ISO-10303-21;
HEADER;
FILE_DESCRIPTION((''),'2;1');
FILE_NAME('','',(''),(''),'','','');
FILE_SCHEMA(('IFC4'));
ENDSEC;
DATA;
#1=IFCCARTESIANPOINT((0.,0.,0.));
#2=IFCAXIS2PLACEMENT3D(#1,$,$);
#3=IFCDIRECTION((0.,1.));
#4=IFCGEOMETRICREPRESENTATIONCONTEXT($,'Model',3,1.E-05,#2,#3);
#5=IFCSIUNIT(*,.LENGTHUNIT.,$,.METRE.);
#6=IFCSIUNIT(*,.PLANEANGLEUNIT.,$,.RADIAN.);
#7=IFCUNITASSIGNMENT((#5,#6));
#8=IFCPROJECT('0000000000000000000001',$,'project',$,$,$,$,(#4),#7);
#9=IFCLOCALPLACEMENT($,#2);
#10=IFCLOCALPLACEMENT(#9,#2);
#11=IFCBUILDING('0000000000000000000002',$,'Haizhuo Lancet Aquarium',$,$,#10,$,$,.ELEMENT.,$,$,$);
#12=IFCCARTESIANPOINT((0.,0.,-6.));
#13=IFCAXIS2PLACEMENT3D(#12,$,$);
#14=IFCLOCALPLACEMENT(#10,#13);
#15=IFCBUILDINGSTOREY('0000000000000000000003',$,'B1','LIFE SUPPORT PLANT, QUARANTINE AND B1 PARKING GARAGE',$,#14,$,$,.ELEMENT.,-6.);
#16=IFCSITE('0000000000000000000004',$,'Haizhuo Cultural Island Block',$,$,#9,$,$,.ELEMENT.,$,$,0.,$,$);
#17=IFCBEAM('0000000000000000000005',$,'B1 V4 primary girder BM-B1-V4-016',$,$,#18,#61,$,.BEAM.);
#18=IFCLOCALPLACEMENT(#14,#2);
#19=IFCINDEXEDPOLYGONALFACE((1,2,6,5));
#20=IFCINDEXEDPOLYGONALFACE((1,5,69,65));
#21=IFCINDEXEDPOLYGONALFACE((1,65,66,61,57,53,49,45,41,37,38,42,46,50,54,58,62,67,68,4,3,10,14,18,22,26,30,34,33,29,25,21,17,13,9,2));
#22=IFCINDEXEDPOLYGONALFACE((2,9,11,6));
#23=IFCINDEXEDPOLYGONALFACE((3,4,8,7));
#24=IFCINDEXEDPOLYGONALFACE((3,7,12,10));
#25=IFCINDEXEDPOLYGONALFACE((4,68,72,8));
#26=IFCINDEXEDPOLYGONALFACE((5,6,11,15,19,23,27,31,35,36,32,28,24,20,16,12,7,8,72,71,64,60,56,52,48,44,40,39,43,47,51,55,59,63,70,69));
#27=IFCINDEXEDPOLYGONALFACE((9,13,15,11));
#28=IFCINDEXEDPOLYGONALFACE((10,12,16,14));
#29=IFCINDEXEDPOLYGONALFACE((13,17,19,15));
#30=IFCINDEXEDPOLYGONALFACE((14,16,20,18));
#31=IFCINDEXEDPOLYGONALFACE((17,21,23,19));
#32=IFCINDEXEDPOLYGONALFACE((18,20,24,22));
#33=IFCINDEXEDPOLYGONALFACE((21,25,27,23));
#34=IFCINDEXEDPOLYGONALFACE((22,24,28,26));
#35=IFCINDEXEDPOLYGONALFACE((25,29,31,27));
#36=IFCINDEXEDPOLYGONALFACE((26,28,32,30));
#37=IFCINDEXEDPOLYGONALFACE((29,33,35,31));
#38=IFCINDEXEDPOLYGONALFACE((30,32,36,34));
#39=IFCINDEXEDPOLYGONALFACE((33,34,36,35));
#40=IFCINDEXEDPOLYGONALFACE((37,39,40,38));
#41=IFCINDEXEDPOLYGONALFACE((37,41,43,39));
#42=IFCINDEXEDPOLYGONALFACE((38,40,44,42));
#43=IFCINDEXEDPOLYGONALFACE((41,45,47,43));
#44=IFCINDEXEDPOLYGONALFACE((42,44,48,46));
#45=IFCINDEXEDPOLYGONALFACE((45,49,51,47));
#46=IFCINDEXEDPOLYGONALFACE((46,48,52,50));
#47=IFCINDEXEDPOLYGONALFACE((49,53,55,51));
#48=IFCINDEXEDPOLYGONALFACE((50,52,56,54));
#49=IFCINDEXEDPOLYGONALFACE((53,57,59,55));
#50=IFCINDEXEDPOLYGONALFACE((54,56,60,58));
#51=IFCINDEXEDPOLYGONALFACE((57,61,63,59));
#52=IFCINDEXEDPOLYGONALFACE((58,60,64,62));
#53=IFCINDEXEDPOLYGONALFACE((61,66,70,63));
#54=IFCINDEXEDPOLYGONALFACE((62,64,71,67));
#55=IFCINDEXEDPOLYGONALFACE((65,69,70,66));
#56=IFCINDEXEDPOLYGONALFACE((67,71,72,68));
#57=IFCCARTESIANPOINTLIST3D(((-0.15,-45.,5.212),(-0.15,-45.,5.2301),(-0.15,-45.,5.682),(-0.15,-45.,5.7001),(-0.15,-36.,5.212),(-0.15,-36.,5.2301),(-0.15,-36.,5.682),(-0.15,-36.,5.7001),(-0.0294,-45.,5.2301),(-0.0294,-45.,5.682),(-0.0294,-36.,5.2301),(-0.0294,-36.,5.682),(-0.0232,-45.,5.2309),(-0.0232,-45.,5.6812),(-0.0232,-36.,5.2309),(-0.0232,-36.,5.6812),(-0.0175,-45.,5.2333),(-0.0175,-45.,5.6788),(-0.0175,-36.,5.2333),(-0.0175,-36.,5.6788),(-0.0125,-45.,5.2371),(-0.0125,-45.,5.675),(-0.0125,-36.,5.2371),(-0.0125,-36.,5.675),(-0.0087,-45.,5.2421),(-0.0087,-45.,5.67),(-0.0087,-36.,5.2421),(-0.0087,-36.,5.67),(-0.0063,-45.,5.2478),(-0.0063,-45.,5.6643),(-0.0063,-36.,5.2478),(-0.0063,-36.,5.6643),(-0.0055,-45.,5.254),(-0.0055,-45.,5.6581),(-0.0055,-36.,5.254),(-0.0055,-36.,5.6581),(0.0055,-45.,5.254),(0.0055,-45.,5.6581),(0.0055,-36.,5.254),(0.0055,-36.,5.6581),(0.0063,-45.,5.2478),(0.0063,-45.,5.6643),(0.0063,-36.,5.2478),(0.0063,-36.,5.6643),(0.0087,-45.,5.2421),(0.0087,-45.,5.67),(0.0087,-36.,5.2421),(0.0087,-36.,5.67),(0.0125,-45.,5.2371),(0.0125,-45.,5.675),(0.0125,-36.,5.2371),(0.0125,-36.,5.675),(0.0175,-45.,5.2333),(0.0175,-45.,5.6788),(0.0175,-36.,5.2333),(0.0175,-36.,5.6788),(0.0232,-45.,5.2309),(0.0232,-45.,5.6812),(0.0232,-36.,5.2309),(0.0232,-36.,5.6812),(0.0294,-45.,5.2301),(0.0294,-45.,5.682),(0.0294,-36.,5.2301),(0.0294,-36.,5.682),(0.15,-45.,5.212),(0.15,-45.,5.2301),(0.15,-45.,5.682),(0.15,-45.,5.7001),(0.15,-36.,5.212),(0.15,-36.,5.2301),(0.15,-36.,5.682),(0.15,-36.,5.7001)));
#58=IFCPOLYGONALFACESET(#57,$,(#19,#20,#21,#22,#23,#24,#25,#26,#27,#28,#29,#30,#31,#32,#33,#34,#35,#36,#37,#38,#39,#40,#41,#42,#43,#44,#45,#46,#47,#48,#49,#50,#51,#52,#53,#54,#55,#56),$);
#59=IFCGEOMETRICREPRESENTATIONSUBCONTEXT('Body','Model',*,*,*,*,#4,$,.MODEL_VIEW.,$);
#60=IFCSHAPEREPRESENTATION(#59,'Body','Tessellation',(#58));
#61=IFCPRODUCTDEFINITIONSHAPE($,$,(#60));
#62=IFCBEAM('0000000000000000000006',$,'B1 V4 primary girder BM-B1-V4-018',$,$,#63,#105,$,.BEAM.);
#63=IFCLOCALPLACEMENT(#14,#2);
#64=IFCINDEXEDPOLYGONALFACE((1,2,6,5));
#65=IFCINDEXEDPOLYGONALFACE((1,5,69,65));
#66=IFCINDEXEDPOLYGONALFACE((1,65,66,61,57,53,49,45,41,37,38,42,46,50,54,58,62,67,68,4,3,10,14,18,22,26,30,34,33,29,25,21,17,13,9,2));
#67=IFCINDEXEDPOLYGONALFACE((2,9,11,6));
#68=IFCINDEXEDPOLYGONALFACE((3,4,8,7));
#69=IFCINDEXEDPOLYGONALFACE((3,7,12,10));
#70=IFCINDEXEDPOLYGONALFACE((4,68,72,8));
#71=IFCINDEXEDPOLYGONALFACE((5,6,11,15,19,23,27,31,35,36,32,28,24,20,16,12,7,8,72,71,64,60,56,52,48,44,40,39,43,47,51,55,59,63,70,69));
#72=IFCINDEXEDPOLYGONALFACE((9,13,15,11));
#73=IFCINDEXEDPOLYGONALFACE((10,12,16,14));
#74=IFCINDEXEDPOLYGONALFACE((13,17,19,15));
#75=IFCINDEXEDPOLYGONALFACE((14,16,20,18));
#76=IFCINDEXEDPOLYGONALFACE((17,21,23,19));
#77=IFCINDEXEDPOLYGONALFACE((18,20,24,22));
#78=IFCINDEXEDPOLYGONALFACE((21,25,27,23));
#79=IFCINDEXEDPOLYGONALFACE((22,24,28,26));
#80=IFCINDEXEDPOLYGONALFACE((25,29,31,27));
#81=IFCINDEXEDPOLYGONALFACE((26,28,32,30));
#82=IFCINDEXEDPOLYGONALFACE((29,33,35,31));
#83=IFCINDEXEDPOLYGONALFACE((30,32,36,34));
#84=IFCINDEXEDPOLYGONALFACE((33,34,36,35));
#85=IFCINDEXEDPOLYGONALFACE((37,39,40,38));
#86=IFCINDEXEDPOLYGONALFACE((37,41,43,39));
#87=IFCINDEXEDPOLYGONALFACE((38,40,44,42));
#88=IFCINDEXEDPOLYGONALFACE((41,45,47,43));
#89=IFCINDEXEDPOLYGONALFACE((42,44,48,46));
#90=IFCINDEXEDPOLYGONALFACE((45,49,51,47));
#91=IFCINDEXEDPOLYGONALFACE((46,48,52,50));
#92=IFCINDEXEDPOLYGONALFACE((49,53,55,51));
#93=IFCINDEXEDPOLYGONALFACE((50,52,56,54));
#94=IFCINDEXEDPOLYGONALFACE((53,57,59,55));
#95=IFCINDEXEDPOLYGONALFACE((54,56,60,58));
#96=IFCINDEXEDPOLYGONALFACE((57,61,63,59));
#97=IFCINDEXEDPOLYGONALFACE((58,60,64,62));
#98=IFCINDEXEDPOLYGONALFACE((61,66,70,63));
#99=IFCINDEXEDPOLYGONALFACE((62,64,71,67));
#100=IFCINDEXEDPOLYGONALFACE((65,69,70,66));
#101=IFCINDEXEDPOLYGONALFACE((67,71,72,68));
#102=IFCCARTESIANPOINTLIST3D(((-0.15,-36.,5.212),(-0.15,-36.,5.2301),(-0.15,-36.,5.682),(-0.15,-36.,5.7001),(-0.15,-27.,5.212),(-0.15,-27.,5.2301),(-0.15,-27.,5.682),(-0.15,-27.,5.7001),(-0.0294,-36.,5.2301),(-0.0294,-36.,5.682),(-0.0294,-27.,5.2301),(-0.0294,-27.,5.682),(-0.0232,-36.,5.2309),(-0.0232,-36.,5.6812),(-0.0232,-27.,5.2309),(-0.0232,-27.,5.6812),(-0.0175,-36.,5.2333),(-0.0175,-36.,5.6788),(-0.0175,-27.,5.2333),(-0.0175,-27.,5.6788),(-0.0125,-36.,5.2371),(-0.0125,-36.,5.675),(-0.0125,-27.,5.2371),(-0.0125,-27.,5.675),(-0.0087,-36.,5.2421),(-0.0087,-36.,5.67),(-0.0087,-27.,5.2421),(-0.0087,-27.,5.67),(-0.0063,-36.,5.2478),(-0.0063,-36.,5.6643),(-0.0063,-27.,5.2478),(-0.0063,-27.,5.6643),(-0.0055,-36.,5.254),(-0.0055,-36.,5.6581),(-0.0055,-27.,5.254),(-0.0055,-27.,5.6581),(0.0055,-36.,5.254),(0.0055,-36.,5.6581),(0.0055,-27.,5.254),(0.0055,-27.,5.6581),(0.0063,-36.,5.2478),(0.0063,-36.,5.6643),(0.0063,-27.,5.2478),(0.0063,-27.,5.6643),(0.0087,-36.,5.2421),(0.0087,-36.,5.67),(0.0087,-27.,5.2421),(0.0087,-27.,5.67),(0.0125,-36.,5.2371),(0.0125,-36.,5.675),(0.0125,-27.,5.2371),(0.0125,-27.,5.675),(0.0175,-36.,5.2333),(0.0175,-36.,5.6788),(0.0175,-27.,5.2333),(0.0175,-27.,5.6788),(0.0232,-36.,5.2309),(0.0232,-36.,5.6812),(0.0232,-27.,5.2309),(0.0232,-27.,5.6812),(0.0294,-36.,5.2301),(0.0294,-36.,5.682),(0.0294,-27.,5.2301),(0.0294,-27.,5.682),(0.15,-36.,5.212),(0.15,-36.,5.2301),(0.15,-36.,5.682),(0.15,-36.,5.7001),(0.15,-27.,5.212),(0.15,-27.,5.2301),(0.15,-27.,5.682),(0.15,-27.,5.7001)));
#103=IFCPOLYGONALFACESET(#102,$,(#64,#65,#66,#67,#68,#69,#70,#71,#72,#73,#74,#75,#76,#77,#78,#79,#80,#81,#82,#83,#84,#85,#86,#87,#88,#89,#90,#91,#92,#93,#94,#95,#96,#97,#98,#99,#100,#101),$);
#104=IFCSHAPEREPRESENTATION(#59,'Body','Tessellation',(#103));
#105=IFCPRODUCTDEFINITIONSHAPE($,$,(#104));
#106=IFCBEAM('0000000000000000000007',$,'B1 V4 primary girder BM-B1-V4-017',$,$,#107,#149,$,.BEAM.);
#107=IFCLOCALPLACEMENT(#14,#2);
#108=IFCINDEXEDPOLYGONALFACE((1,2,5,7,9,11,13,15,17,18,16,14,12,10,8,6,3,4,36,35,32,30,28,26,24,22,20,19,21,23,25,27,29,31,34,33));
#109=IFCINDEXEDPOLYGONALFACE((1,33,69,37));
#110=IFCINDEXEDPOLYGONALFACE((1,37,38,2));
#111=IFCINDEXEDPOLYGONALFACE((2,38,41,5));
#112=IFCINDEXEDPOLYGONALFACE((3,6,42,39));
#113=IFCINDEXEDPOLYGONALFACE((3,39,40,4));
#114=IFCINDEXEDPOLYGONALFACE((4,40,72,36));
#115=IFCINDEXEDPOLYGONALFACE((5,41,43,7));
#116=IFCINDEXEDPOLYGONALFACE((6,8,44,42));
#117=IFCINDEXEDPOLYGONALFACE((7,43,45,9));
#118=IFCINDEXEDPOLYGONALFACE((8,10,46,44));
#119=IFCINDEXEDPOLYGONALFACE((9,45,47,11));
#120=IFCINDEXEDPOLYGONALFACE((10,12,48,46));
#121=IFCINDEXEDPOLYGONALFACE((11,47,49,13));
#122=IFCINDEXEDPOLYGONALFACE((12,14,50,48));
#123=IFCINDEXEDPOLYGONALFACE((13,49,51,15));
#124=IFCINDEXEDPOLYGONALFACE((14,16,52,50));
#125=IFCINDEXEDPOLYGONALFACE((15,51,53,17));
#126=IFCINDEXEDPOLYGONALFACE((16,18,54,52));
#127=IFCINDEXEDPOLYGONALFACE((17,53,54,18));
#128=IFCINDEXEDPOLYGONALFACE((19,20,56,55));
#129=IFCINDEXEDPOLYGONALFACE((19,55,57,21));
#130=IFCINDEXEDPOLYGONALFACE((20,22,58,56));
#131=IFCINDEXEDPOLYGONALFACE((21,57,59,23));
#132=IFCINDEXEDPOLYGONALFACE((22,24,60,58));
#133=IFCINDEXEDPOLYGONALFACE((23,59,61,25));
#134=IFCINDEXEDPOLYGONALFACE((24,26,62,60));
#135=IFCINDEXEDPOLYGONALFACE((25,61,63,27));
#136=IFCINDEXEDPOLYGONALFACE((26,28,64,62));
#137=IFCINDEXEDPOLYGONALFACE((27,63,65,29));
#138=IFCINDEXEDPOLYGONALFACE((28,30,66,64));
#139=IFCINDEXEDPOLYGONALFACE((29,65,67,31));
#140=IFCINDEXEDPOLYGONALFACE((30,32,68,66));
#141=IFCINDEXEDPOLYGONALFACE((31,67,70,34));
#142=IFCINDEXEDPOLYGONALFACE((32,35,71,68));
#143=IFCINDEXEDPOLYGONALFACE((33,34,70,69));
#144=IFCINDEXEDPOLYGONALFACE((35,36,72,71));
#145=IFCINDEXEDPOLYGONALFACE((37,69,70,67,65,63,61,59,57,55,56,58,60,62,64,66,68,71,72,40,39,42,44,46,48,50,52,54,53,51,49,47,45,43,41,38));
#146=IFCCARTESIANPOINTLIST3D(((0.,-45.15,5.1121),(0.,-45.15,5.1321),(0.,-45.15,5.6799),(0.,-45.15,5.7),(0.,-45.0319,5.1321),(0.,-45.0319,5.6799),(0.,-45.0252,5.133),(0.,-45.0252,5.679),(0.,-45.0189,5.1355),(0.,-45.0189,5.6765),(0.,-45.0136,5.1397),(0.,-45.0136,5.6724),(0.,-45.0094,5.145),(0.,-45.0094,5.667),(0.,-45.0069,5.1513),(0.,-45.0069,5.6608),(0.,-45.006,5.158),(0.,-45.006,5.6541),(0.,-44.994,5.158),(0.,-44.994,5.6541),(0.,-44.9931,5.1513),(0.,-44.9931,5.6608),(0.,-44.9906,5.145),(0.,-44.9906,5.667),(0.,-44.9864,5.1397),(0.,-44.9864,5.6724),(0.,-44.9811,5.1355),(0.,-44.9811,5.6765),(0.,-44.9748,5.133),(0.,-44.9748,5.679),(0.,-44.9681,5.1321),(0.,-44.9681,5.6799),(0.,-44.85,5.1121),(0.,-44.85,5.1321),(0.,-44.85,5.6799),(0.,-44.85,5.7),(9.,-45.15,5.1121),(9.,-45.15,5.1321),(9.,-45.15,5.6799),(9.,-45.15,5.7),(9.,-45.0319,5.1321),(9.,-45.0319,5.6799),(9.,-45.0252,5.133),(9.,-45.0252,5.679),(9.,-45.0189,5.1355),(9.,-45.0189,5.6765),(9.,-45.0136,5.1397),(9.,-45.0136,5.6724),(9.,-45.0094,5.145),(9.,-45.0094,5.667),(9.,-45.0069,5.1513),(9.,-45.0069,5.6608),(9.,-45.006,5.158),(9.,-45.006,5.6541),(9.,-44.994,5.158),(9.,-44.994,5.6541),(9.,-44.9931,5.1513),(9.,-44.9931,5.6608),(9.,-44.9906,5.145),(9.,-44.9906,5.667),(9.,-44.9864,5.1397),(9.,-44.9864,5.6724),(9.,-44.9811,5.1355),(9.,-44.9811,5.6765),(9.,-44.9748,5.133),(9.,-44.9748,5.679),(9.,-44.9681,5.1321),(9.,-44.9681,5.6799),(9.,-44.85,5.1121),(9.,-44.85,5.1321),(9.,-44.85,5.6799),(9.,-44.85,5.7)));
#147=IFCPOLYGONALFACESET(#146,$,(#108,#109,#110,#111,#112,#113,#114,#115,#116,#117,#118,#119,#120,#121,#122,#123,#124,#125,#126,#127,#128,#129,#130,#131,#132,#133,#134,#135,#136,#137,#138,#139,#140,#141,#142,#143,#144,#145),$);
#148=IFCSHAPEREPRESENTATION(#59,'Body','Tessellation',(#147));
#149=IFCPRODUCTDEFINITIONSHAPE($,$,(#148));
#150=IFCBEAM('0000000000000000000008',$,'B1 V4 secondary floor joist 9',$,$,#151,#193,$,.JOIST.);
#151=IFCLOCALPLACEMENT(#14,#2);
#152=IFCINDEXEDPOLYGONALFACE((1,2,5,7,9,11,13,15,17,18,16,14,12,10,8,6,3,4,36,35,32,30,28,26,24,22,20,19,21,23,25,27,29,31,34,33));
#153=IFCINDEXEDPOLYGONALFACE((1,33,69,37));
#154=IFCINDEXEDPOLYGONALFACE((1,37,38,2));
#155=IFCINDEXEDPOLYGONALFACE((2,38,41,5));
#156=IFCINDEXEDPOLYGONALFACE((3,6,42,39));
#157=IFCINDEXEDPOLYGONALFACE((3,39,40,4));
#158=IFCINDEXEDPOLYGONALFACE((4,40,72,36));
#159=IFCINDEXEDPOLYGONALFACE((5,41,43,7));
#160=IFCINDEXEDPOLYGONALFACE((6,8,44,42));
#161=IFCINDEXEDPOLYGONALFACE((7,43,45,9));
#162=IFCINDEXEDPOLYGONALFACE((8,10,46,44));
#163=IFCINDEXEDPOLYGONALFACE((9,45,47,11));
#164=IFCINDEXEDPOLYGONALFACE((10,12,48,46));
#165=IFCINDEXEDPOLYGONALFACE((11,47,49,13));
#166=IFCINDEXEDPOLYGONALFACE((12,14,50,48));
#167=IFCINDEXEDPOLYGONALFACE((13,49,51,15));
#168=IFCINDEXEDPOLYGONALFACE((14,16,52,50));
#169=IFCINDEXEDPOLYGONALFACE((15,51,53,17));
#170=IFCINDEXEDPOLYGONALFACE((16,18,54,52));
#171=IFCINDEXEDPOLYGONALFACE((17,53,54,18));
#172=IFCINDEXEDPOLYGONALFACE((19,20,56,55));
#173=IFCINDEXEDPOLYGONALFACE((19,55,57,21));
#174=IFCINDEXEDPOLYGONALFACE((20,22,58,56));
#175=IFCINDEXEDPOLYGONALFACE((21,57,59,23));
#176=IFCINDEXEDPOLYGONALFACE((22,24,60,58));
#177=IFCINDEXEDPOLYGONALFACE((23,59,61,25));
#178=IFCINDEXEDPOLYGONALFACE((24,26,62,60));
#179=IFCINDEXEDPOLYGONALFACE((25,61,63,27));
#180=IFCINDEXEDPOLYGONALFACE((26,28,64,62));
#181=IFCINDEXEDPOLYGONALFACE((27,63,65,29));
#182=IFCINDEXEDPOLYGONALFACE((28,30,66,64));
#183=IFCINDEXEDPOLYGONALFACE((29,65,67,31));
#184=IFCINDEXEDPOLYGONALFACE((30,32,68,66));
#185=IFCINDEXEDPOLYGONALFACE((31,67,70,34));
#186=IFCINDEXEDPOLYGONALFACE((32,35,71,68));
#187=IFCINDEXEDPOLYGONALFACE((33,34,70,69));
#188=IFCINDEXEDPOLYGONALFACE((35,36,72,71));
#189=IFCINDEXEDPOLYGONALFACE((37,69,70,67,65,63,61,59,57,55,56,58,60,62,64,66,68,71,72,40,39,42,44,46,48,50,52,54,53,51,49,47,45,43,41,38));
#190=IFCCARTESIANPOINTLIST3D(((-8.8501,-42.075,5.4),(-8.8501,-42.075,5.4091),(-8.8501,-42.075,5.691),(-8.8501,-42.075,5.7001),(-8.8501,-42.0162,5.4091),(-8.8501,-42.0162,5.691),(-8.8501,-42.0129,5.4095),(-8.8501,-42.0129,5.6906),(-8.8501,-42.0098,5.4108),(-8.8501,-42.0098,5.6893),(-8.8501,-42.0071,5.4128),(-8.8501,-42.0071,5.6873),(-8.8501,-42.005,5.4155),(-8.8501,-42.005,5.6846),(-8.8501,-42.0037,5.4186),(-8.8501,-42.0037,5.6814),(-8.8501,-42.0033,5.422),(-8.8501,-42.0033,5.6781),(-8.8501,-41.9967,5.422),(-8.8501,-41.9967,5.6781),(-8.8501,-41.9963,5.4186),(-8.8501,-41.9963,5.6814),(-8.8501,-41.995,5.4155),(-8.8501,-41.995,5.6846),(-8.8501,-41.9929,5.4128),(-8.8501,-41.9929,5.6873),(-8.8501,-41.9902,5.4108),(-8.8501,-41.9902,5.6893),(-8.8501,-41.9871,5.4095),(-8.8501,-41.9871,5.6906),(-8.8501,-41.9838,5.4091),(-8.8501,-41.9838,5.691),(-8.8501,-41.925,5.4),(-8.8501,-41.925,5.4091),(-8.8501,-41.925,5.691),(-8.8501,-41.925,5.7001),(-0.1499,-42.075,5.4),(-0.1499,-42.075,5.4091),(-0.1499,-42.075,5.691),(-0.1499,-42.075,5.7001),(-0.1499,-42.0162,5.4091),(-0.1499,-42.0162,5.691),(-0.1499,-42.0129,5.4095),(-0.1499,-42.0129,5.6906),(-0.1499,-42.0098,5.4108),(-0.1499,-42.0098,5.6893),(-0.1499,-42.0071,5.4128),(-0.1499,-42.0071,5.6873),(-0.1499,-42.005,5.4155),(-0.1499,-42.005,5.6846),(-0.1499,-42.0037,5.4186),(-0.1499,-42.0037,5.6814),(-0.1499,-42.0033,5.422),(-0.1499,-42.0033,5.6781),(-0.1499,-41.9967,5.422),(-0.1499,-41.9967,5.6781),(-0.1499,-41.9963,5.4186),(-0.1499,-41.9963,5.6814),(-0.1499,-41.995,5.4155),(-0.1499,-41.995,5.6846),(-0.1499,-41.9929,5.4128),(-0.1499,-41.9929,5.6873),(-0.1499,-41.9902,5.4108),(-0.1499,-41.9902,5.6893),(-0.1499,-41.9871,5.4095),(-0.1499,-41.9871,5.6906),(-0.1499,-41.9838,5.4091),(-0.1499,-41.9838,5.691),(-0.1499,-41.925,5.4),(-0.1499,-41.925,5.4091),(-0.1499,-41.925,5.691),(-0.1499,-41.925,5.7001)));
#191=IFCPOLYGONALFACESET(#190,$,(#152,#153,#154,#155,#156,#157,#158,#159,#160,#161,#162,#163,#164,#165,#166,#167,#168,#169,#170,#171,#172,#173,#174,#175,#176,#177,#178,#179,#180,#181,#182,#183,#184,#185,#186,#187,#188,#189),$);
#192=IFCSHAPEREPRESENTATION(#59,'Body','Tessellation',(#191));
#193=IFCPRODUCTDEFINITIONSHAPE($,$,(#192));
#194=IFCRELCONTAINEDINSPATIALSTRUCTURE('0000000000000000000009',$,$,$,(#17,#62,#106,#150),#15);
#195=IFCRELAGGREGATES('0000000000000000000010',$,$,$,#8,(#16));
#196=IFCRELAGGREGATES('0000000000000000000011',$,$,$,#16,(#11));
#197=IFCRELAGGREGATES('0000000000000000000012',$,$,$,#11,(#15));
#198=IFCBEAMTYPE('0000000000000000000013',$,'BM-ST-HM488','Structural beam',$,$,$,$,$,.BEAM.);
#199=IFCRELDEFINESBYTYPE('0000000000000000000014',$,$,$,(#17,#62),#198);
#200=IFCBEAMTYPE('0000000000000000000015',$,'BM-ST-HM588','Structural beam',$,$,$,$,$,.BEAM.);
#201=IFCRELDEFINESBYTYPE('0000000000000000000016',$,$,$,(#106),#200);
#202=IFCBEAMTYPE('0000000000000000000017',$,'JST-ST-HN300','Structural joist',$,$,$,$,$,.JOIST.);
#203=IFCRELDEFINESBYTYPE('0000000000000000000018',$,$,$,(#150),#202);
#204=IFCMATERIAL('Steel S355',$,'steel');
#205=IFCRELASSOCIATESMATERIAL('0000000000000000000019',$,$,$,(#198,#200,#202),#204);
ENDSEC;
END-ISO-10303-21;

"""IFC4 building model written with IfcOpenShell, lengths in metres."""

from ifc_helpers import new_model, si_unit, direction, frame, origin, origin_2d, place, context, subcontext, project, spatial, i_section, extrude, material, material_profile, profile_set, type_object, element, save


model = new_model("IFC4")

# Units and contexts
model_context = context("Model", 3, precision=1e-05, world=origin(), true_north=direction((0.0, 1.0)))
body_context = subcontext(model_context, "Body", "Model", "MODEL_VIEW")
ifc_project = project(units=[si_unit("LENGTHUNIT", "METRE"), si_unit("PLANEANGLEUNIT", "RADIAN")], contexts=[model_context])

# Site, building, storey
site_placement = place(None, origin())
site = spatial("IfcSite", under=ifc_project, at=site_placement, Name="Haizhuo Cultural Island Block", CompositionType="ELEMENT", RefElevation=0.0)
building_placement = place(site_placement, origin())
building = spatial("IfcBuilding", under=site, at=building_placement, Name="Haizhuo Lancet Aquarium", CompositionType="ELEMENT")
storey_placement = place(building_placement, frame((0.0, 0.0, -6.0)))
storey = spatial("IfcBuildingStorey", under=building, at=storey_placement, Name="B1", Description="LIFE SUPPORT PLANT, QUARANTINE AND B1 PARKING GARAGE", CompositionType="ELEMENT", Elevation=-6.0)

# Shared definitions
ifc_material_1 = material(Name="Steel S355", Category="steel")

# Beams
ifc_material_profile_1 = material_profile(ifc_material_1, i_section(OverallWidth=0.3, OverallDepth=0.488, WebThickness=0.011, FlangeThickness=0.0181, FilletRadius=0.0239, at=origin_2d()), Name="HM 488x300x11x18")
ifc_profile_set_1 = profile_set([ifc_material_profile_1], Name="Steel S355")
beam_type_1 = type_object("IfcBeamType", Name="BM-ST-HM488", Description="Structural beam", PredefinedType="BEAM", material=ifc_profile_set_1)
for number, where, z_axis, x_axis, name in (
    (1, (0.0, -45.0, 5.4561), (0.0, 1.0, 0.0), (-1.0, 0.0, 0.0), "B1 V4 primary girder BM-B1-V4-016"),
    (2, (0.0, -36.0, 5.4561), (0.0, 1.0, 0.0), (-1.0, 0.0, 0.0), "B1 V4 primary girder BM-B1-V4-018"),
):
    element("IfcBeam", number, at=place(storey_placement, frame(where, z_axis=z_axis, x_axis=x_axis)), inside=storey, type_object=beam_type_1, Name=name, PredefinedType="BEAM", context=body_context, shape_type="SweptSolid", body=[
        extrude(i_section(OverallWidth=0.3, OverallDepth=0.488, WebThickness=0.011, FlangeThickness=0.0181, FilletRadius=0.0239, at=origin_2d()), origin(), (0.0, 0.0, 1.0), 9.0),
    ])
ifc_material_profile_2 = material_profile(ifc_material_1, i_section(OverallWidth=0.3, OverallDepth=0.5879, WebThickness=0.012, FlangeThickness=0.02, FilletRadius=0.0259, at=origin_2d()), Name="HM 588x300x12x20")
ifc_profile_set_2 = profile_set([ifc_material_profile_2], Name="Steel S355")
beam_type_2 = type_object("IfcBeamType", Name="BM-ST-HM588", Description="Structural beam", PredefinedType="BEAM", material=ifc_profile_set_2)
beam_1_placement = place(storey_placement, frame((0.0, -45.0, 5.406), z_axis=(1.0, 0.0, 0.0), x_axis=(0.0, 1.0, 0.0)))
element("IfcBeam", 3, at=beam_1_placement, inside=storey, type_object=beam_type_2, Name="B1 V4 primary girder BM-B1-V4-017", PredefinedType="BEAM", context=body_context, shape_type="SweptSolid", body=[
    extrude(i_section(OverallWidth=0.3, OverallDepth=0.5879, WebThickness=0.012, FlangeThickness=0.02, FilletRadius=0.0259, at=origin_2d()), origin(), (0.0, 0.0, 1.0), 9.0),
])
ifc_material_profile_3 = material_profile(ifc_material_1, i_section(OverallWidth=0.1499, OverallDepth=0.3, WebThickness=0.0066, FlangeThickness=0.009, FilletRadius=0.0129, at=origin_2d()), Name="HN 300x150x6.5x9")
ifc_profile_set_3 = profile_set([ifc_material_profile_3], Name="Steel S355")
beam_type_3 = type_object("IfcBeamType", Name="JST-ST-HN300", Description="Structural joist", PredefinedType="JOIST", material=ifc_profile_set_3)
for number, where, z_axis, x_axis, name in (
    (4, (-8.8501, -42.0, 5.55), (1.0, 0.0, 0.0), (0.0, 1.0, 0.0), "B1 V4 secondary floor joist 9"),
):
    element("IfcBeam", number, at=place(storey_placement, frame(where, z_axis=z_axis, x_axis=x_axis)), inside=storey, type_object=beam_type_3, Name=name, PredefinedType="JOIST", context=body_context, shape_type="SweptSolid", body=[
        extrude(i_section(OverallWidth=0.1499, OverallDepth=0.3, WebThickness=0.0066, FlangeThickness=0.009, FilletRadius=0.0129, at=origin_2d()), origin(), (0.0, 0.0, 1.0), 8.7002),
    ])

save(model, "model.ifc")
